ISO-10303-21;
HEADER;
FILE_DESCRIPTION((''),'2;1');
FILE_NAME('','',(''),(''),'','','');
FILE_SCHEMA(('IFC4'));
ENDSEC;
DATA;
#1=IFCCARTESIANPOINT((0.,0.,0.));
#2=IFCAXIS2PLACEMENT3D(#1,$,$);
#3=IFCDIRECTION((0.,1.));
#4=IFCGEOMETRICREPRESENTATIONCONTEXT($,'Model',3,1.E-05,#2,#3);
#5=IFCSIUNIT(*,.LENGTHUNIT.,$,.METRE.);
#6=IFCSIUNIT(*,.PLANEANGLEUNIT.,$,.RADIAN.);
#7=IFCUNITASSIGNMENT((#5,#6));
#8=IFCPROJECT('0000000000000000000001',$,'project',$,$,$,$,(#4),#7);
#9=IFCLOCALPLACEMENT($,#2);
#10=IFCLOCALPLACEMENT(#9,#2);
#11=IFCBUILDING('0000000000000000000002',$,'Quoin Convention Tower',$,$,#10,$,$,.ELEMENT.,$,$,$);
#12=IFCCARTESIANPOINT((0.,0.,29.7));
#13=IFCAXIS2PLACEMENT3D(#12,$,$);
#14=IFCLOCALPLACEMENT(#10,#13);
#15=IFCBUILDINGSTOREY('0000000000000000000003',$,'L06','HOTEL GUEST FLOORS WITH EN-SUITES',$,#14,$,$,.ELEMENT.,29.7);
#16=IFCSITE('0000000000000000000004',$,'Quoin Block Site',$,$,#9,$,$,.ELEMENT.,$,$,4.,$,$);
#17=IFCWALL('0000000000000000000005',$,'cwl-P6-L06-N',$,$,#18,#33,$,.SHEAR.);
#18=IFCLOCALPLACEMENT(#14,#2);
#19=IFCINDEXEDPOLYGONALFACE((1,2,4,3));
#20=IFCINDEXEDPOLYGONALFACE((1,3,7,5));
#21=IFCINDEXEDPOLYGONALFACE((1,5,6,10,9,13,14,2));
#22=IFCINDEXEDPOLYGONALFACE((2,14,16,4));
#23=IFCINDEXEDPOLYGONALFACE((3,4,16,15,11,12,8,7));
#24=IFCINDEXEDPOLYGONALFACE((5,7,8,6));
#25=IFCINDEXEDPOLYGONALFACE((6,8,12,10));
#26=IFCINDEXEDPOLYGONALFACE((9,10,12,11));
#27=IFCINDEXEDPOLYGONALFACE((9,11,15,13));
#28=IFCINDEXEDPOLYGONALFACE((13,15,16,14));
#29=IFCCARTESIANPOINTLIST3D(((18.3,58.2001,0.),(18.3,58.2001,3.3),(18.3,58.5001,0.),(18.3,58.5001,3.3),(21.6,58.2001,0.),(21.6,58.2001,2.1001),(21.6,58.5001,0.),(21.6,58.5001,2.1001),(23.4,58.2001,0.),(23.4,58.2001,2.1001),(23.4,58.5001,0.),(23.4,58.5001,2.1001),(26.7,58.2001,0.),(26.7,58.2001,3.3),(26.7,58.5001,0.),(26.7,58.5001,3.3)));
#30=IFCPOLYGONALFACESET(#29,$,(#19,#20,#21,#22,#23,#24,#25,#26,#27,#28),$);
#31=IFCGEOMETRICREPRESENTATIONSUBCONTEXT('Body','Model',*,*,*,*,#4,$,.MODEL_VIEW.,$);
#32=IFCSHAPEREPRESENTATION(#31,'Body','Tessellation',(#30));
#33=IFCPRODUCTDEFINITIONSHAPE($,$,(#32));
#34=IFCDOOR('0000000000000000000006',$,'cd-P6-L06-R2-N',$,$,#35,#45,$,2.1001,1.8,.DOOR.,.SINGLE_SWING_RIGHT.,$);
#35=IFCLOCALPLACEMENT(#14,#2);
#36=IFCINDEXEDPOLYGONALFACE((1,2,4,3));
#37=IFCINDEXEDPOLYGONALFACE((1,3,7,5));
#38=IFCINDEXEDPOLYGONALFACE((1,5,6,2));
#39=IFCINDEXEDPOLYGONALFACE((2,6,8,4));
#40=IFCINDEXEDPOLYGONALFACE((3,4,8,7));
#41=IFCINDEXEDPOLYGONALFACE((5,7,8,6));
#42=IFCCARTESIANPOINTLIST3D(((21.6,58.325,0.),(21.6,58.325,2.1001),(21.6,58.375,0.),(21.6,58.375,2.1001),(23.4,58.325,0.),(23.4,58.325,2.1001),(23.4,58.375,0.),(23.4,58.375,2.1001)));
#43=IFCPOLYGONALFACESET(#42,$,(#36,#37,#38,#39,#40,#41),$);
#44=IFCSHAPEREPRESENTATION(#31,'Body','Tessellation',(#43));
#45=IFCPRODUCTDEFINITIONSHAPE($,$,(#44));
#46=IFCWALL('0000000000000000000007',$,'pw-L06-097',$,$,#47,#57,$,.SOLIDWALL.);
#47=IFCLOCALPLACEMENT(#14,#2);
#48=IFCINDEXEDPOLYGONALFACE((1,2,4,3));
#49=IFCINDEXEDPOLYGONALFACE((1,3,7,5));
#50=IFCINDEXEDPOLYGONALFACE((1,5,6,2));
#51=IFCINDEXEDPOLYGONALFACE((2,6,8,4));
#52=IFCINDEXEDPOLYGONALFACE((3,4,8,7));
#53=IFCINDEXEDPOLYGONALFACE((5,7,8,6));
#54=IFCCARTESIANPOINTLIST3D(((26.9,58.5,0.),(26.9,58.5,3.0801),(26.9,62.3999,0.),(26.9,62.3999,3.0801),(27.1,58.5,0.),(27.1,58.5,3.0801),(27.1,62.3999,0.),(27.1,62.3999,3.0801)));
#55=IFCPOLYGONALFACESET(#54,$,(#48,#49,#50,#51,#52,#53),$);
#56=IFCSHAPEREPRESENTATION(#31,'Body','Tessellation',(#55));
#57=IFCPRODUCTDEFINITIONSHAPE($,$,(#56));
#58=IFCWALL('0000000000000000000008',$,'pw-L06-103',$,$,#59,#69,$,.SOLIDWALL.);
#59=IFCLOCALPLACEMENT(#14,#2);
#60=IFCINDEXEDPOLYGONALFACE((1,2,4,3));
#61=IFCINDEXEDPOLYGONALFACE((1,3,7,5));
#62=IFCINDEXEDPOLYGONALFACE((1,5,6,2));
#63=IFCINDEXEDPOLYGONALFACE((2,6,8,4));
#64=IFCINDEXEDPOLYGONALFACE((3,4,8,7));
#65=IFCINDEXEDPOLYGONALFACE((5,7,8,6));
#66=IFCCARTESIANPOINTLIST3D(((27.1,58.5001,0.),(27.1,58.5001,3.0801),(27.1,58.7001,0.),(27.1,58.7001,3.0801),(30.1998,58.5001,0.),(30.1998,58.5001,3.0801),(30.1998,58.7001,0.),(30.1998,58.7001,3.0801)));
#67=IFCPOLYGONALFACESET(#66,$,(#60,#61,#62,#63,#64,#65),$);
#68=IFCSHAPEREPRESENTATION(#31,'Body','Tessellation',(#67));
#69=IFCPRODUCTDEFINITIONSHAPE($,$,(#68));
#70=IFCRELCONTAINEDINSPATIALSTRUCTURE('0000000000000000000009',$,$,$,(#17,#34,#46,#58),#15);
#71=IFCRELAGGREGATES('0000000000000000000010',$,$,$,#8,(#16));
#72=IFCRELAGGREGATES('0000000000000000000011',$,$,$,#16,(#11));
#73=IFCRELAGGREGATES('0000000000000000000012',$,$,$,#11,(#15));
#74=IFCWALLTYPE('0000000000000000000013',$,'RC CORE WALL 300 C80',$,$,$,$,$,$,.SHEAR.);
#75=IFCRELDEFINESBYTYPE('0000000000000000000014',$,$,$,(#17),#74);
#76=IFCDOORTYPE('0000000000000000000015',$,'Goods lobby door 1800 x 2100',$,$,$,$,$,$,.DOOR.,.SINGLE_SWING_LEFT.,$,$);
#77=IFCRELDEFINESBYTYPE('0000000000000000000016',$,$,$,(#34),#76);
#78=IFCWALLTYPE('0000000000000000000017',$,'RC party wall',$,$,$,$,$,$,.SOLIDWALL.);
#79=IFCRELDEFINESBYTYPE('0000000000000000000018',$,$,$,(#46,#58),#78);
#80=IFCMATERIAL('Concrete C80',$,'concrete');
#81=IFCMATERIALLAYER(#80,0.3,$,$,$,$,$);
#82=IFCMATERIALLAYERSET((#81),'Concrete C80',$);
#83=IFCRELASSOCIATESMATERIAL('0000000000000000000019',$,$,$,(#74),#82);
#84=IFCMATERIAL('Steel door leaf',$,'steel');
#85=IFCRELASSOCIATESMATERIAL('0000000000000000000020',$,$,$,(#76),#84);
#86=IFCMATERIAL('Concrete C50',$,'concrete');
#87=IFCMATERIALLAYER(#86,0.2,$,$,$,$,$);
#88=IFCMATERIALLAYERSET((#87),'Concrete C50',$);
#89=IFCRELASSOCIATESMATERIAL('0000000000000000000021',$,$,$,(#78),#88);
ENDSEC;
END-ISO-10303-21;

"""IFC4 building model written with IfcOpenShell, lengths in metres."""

from ifc_helpers import new_model, si_unit, direction, frame, frame_2d, origin, place, context, subcontext, project, spatial, rectangle, extrude, material, layer, layer_set, type_object, element, fill, save


model = new_model("IFC4")

# Units and contexts
model_context = context("Model", 3, precision=1e-05, world=origin(), true_north=direction((0.0, 1.0)))
body_context = subcontext(model_context, "Body", "Model", "MODEL_VIEW")
ifc_project = project(units=[si_unit("LENGTHUNIT", "METRE"), si_unit("PLANEANGLEUNIT", "RADIAN")], contexts=[model_context])

# Site, building, storey
site_placement = place(None, origin())
site = spatial("IfcSite", under=ifc_project, at=site_placement, Name="Quoin Block Site", CompositionType="ELEMENT", RefElevation=4.0)
building_placement = place(site_placement, origin())
building = spatial("IfcBuilding", under=site, at=building_placement, Name="Quoin Convention Tower", CompositionType="ELEMENT")
storey_placement = place(building_placement, frame((0.0, 0.0, 29.7)))
storey = spatial("IfcBuildingStorey", under=building, at=storey_placement, Name="L06", Description="HOTEL GUEST FLOORS WITH EN-SUITES", CompositionType="ELEMENT", Elevation=29.7)

# Shared definitions
ifc_material_1 = material(Name="Concrete C80", Category="concrete")

# Wall, opening, door
ifc_layer_1 = layer(ifc_material_1, 0.3)
ifc_layer_set_1 = layer_set([ifc_layer_1], Name="Concrete C80")
wall_type_1 = type_object("IfcWallType", Name="RC CORE WALL 300 C80", PredefinedType="SHEAR", material=ifc_layer_set_1)
wall_1_placement = place(storey_placement, frame((18.3, 58.3501, 0.0), z_axis=(0.0, 0.0, 1.0), x_axis=(1.0, 0.0, 0.0)))
wall_1 = element("IfcWall", 1, at=wall_1_placement, inside=storey, type_object=wall_type_1, Name="cwl-P6-L06-N", PredefinedType="SHEAR", context=body_context, shape_type="SweptSolid", body=[
    extrude(rectangle(XDim=8.3999, YDim=0.3, at=frame_2d((4.2, 0.0))), origin(), (0.0, 0.0, 1.0), 3.3),
])
opening_1_placement = place(wall_1_placement, frame((3.3, 0.0, 0.0)))
opening_1 = element("IfcOpeningElement", 2, at=opening_1_placement, cuts=wall_1, PredefinedType="OPENING", context=body_context, shape_type="SweptSolid", body=[
    extrude(rectangle(XDim=1.8, YDim=2.1001, at=frame_2d((0.8999, 1.05))), frame((0.0, 0.1599, 0.0), z_axis=(0.0, -1.0, 0.0), x_axis=(1.0, 0.0, 0.0)), (0.0, 0.0, 1.0), 0.3201),
])
ifc_material_2 = material(Name="Steel door leaf", Category="steel")
door_type = type_object("IfcDoorType", Name="Goods lobby door 1800 x 2100", OperationType="SINGLE_SWING_LEFT", PredefinedType="DOOR", material=ifc_material_2)
door_placement = place(opening_1_placement, origin())
door = element("IfcDoor", 3, at=door_placement, inside=storey, type_object=door_type, Name="cd-P6-L06-R2-N", OperationType="SINGLE_SWING_RIGHT", OverallHeight=2.1001, OverallWidth=1.8, PredefinedType="DOOR", context=body_context, shape_type="SweptSolid", body=[
    extrude(rectangle(XDim=1.8, YDim=2.1001, at=frame_2d((0.8999, 1.05))), frame((0.0, 0.0249, 0.0), z_axis=(0.0, -1.0, 0.0), x_axis=(1.0, 0.0, 0.0)), (0.0, 0.0, 1.0), 0.05),
])
fill(opening_1, door)

# Walls
ifc_material_3 = material(Name="Concrete C50", Category="concrete")
ifc_layer_2 = layer(ifc_material_3, 0.2)
ifc_layer_set_2 = layer_set([ifc_layer_2], Name="Concrete C50")
wall_type_2 = type_object("IfcWallType", Name="RC party wall", PredefinedType="SOLIDWALL", material=ifc_layer_set_2)
wall_2_placement = place(storey_placement, frame((27.0, 58.5, 0.0), z_axis=(0.0, 0.0, 1.0), x_axis=(0.0, 1.0, 0.0)))
element("IfcWall", 4, at=wall_2_placement, inside=storey, type_object=wall_type_2, Name="pw-L06-097", PredefinedType="SOLIDWALL", context=body_context, shape_type="SweptSolid", body=[
    extrude(rectangle(XDim=3.8999, YDim=0.2, at=frame_2d((1.95, 0.0))), origin(), (0.0, 0.0, 1.0), 3.0801),
])
wall_3_placement = place(storey_placement, frame((27.1001, 58.6001, 0.0), z_axis=(0.0, 0.0, 1.0), x_axis=(1.0, 0.0, 0.0)))
element("IfcWall", 5, at=wall_3_placement, inside=storey, type_object=wall_type_2, Name="pw-L06-103", PredefinedType="SOLIDWALL", context=body_context, shape_type="SweptSolid", body=[
    extrude(rectangle(XDim=3.0999, YDim=0.2, at=frame_2d((1.5498, 0.0))), origin(), (0.0, 0.0, 1.0), 3.0801),
])

save(model, "model.ifc")
